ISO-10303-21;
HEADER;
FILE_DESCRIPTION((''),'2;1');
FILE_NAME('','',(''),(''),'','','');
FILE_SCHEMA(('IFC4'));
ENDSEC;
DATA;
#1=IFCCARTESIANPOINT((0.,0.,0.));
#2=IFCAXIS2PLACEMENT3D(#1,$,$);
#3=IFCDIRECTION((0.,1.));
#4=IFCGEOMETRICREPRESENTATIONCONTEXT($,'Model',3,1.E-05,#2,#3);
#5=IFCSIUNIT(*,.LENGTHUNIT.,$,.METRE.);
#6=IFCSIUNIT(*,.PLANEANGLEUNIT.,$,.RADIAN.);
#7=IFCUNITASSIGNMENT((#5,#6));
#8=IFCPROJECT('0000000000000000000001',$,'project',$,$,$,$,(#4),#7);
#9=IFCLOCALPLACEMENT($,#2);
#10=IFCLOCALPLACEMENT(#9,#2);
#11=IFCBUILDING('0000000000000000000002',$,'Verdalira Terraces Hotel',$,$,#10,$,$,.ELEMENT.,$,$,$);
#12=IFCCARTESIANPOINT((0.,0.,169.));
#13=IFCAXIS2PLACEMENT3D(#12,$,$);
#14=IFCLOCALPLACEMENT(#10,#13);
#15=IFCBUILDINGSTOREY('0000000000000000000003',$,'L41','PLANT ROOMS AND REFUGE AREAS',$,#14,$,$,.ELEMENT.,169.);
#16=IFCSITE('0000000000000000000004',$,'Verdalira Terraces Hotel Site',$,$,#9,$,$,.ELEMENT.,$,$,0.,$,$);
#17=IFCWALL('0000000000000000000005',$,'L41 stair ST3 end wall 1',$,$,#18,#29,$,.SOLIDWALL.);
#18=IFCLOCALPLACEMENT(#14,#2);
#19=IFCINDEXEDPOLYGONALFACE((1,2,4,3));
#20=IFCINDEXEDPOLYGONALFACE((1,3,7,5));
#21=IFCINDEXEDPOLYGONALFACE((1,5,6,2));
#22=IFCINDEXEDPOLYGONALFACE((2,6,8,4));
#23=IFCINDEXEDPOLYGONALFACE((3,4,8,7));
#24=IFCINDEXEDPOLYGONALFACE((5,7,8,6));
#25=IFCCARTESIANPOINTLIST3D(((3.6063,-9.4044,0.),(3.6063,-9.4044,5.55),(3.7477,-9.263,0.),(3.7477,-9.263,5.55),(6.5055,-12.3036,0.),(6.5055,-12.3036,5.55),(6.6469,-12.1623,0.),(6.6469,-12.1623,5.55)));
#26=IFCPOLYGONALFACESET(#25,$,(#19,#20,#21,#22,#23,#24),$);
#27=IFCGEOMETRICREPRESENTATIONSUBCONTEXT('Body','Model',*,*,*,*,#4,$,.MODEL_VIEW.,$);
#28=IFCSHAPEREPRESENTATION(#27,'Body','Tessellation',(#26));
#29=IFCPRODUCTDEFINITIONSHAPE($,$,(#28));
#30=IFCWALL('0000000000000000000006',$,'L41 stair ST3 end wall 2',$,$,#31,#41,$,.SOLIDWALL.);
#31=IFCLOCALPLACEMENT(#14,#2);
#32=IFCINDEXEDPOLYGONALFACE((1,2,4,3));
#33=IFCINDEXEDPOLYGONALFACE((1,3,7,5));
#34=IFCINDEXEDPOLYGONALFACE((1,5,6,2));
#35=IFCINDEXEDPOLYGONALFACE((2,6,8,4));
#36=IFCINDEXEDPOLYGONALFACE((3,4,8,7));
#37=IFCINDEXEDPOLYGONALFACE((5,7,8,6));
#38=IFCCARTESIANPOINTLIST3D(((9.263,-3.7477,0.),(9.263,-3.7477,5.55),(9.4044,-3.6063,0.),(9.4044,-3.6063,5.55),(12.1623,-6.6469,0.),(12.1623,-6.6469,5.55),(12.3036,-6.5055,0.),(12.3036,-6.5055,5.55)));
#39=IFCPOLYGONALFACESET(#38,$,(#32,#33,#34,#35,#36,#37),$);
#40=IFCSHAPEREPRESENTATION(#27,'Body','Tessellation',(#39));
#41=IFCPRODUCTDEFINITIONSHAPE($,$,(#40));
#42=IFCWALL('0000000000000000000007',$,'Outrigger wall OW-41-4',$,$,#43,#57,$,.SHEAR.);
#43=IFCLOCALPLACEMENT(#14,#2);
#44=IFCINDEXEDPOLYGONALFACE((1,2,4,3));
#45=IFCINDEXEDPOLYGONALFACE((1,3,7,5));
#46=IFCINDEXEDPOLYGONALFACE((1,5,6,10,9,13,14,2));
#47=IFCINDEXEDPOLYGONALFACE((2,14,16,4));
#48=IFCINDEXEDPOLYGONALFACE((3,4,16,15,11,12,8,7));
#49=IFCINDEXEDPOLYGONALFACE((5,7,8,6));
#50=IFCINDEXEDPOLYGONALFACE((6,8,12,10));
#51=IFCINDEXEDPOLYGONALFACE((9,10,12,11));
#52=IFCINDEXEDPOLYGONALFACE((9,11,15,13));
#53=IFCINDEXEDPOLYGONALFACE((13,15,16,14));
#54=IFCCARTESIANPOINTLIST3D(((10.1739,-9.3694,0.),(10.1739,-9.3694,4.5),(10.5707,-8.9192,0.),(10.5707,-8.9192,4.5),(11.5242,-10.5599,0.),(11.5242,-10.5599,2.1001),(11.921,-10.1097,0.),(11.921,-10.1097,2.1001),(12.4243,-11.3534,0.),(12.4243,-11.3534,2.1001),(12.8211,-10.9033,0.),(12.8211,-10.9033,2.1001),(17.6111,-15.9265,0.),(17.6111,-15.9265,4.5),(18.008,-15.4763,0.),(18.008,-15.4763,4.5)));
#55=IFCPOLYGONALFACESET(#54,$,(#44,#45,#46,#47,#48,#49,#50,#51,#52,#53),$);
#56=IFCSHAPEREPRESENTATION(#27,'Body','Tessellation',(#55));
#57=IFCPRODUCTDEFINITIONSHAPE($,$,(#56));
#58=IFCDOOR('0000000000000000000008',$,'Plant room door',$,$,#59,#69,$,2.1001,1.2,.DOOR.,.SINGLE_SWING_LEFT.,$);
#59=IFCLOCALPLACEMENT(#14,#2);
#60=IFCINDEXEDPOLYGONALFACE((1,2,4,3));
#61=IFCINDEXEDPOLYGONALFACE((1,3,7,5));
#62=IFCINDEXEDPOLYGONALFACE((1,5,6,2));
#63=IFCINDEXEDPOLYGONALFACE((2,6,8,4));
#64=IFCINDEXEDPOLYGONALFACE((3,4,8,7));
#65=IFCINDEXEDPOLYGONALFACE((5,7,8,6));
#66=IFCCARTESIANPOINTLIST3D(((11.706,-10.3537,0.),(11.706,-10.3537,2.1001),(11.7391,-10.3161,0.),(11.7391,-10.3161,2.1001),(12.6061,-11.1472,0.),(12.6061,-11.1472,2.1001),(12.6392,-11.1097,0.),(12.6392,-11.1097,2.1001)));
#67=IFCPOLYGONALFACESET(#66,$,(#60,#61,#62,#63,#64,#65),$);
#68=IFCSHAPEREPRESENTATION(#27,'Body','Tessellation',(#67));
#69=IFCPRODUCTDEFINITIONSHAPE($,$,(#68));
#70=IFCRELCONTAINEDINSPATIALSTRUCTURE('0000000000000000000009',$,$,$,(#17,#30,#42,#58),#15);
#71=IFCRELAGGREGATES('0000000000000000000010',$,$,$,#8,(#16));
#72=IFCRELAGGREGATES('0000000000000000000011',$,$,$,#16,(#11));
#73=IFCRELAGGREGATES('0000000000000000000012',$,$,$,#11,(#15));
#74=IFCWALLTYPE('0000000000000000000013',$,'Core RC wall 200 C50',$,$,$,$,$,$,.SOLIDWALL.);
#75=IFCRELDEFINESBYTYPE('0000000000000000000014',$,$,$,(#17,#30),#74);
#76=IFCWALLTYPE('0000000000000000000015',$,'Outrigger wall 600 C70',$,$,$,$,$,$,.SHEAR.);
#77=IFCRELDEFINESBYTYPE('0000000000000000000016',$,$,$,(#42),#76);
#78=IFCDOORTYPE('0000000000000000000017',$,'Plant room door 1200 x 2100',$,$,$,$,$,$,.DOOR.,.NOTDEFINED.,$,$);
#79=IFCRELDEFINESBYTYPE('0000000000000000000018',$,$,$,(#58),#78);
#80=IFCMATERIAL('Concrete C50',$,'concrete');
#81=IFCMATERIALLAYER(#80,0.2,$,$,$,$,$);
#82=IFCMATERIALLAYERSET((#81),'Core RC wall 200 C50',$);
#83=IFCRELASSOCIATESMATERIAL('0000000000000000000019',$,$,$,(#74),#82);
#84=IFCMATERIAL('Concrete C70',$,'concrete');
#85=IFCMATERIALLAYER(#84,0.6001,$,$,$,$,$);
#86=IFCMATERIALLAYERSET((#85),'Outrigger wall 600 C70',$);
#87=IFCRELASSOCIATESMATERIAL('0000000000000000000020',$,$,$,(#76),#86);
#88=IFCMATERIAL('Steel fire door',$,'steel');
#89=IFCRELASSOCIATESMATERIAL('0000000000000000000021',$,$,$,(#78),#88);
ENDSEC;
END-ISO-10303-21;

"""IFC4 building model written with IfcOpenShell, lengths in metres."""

from ifc_helpers import new_model, si_unit, direction, frame, frame_2d, origin, place, context, subcontext, project, spatial, rectangle, extrude, material, layer, layer_set, type_object, element, fill, save


model = new_model("IFC4")

# Units and contexts
model_context = context("Model", 3, precision=1e-05, world=origin(), true_north=direction((0.0, 1.0)))
body_context = subcontext(model_context, "Body", "Model", "MODEL_VIEW")
ifc_project = project(units=[si_unit("LENGTHUNIT", "METRE"), si_unit("PLANEANGLEUNIT", "RADIAN")], contexts=[model_context])

# Site, building, storey
site_placement = place(None, origin())
site = spatial("IfcSite", under=ifc_project, at=site_placement, Name="Verdalira Terraces Hotel Site", CompositionType="ELEMENT", RefElevation=0.0)
building_placement = place(site_placement, origin())
building = spatial("IfcBuilding", under=site, at=building_placement, Name="Verdalira Terraces Hotel", CompositionType="ELEMENT")
storey_placement = place(building_placement, frame((0.0, 0.0, 169.0)))
storey = spatial("IfcBuildingStorey", under=building, at=storey_placement, Name="L41", Description="PLANT ROOMS AND REFUGE AREAS", CompositionType="ELEMENT", Elevation=169.0)

# Shared definitions
ifc_material_1 = material(Name="Concrete C50", Category="concrete")
ifc_layer_1 = layer(ifc_material_1, 0.2)
ifc_layer_set_1 = layer_set([ifc_layer_1], Name="Core RC wall 200 C50")
wall_type_1 = type_object("IfcWallType", Name="Core RC wall 200 C50", PredefinedType="SOLIDWALL", material=ifc_layer_set_1)

# Walls
for number, where, z_axis, x_axis, name in (
    (1, (3.677, -9.3337, 0.0), (0.0, 0.0, 1.0), (0.707107, -0.707107, 0.0), "L41 stair ST3 end wall 1"),
    (2, (9.3337, -3.677, 0.0), (0.0, 0.0, 1.0), (0.707107, -0.707107, 0.0), "L41 stair ST3 end wall 2"),
):
    element("IfcWall", number, at=place(storey_placement, frame(where, z_axis=z_axis, x_axis=x_axis)), inside=storey, type_object=wall_type_1, Name=name, PredefinedType="SOLIDWALL", context=body_context, shape_type="SweptSolid", body=[
        extrude(rectangle(XDim=4.1001, YDim=0.2, at=frame_2d((2.05, 0.0))), origin(), (0.0, 0.0, 1.0), 5.55),
    ])

# Wall, opening, door
ifc_material_2 = material(Name="Concrete C70", Category="concrete")
ifc_layer_2 = layer(ifc_material_2, 0.6001)
ifc_layer_set_2 = layer_set([ifc_layer_2], Name="Outrigger wall 600 C70")
wall_type_2 = type_object("IfcWallType", Name="Outrigger wall 600 C70", PredefinedType="SHEAR", material=ifc_layer_set_2)
wall_1_placement = place(storey_placement, frame((10.3723, -9.1443, 0.0), z_axis=(0.0, 0.0, 1.0), x_axis=(0.750096, -0.661329, 0.0)))
wall_1 = element("IfcWall", 3, at=wall_1_placement, inside=storey, type_object=wall_type_2, Name="Outrigger wall OW-41-4", PredefinedType="SHEAR", context=body_context, shape_type="SweptSolid", body=[
    extrude(rectangle(XDim=9.915, YDim=0.6001, at=frame_2d((4.9575, 0.0))), origin(), (0.0, 0.0, 1.0), 4.5),
])
opening_1_placement = place(wall_1_placement, frame((1.8, 0.0, 0.0)))
opening_1 = element("IfcOpeningElement", 4, at=opening_1_placement, cuts=wall_1, PredefinedType="OPENING", context=body_context, shape_type="SweptSolid", body=[
    extrude(rectangle(XDim=1.2, YDim=2.1001, at=frame_2d((0.6001, 1.05))), frame((0.0, 0.3101, 0.0), z_axis=(0.0, -1.0, 0.0), x_axis=(1.0, 0.0, 0.0)), (0.0, 0.0, 1.0), 0.6201),
])
ifc_material_3 = material(Name="Steel fire door", Category="steel")
door_type_1 = type_object("IfcDoorType", Name="Plant room door 1200 x 2100", OperationType="NOTDEFINED", PredefinedType="DOOR", material=ifc_material_3)
door_1_placement = place(opening_1_placement, origin())
door_1 = element("IfcDoor", 5, at=door_1_placement, inside=storey, type_object=door_type_1, Name="Plant room door", OperationType="SINGLE_SWING_LEFT", OverallHeight=2.1001, OverallWidth=1.2, PredefinedType="DOOR", context=body_context, shape_type="SweptSolid", body=[
    extrude(rectangle(XDim=1.2, YDim=2.1001, at=frame_2d((0.6001, 1.05))), frame((0.0, 0.0249, 0.0), z_axis=(0.0, -1.0, 0.0), x_axis=(1.0, 0.0, 0.0)), (0.0, 0.0, 1.0), 0.05),
])
fill(opening_1, door_1)

save(model, "model.ifc")
